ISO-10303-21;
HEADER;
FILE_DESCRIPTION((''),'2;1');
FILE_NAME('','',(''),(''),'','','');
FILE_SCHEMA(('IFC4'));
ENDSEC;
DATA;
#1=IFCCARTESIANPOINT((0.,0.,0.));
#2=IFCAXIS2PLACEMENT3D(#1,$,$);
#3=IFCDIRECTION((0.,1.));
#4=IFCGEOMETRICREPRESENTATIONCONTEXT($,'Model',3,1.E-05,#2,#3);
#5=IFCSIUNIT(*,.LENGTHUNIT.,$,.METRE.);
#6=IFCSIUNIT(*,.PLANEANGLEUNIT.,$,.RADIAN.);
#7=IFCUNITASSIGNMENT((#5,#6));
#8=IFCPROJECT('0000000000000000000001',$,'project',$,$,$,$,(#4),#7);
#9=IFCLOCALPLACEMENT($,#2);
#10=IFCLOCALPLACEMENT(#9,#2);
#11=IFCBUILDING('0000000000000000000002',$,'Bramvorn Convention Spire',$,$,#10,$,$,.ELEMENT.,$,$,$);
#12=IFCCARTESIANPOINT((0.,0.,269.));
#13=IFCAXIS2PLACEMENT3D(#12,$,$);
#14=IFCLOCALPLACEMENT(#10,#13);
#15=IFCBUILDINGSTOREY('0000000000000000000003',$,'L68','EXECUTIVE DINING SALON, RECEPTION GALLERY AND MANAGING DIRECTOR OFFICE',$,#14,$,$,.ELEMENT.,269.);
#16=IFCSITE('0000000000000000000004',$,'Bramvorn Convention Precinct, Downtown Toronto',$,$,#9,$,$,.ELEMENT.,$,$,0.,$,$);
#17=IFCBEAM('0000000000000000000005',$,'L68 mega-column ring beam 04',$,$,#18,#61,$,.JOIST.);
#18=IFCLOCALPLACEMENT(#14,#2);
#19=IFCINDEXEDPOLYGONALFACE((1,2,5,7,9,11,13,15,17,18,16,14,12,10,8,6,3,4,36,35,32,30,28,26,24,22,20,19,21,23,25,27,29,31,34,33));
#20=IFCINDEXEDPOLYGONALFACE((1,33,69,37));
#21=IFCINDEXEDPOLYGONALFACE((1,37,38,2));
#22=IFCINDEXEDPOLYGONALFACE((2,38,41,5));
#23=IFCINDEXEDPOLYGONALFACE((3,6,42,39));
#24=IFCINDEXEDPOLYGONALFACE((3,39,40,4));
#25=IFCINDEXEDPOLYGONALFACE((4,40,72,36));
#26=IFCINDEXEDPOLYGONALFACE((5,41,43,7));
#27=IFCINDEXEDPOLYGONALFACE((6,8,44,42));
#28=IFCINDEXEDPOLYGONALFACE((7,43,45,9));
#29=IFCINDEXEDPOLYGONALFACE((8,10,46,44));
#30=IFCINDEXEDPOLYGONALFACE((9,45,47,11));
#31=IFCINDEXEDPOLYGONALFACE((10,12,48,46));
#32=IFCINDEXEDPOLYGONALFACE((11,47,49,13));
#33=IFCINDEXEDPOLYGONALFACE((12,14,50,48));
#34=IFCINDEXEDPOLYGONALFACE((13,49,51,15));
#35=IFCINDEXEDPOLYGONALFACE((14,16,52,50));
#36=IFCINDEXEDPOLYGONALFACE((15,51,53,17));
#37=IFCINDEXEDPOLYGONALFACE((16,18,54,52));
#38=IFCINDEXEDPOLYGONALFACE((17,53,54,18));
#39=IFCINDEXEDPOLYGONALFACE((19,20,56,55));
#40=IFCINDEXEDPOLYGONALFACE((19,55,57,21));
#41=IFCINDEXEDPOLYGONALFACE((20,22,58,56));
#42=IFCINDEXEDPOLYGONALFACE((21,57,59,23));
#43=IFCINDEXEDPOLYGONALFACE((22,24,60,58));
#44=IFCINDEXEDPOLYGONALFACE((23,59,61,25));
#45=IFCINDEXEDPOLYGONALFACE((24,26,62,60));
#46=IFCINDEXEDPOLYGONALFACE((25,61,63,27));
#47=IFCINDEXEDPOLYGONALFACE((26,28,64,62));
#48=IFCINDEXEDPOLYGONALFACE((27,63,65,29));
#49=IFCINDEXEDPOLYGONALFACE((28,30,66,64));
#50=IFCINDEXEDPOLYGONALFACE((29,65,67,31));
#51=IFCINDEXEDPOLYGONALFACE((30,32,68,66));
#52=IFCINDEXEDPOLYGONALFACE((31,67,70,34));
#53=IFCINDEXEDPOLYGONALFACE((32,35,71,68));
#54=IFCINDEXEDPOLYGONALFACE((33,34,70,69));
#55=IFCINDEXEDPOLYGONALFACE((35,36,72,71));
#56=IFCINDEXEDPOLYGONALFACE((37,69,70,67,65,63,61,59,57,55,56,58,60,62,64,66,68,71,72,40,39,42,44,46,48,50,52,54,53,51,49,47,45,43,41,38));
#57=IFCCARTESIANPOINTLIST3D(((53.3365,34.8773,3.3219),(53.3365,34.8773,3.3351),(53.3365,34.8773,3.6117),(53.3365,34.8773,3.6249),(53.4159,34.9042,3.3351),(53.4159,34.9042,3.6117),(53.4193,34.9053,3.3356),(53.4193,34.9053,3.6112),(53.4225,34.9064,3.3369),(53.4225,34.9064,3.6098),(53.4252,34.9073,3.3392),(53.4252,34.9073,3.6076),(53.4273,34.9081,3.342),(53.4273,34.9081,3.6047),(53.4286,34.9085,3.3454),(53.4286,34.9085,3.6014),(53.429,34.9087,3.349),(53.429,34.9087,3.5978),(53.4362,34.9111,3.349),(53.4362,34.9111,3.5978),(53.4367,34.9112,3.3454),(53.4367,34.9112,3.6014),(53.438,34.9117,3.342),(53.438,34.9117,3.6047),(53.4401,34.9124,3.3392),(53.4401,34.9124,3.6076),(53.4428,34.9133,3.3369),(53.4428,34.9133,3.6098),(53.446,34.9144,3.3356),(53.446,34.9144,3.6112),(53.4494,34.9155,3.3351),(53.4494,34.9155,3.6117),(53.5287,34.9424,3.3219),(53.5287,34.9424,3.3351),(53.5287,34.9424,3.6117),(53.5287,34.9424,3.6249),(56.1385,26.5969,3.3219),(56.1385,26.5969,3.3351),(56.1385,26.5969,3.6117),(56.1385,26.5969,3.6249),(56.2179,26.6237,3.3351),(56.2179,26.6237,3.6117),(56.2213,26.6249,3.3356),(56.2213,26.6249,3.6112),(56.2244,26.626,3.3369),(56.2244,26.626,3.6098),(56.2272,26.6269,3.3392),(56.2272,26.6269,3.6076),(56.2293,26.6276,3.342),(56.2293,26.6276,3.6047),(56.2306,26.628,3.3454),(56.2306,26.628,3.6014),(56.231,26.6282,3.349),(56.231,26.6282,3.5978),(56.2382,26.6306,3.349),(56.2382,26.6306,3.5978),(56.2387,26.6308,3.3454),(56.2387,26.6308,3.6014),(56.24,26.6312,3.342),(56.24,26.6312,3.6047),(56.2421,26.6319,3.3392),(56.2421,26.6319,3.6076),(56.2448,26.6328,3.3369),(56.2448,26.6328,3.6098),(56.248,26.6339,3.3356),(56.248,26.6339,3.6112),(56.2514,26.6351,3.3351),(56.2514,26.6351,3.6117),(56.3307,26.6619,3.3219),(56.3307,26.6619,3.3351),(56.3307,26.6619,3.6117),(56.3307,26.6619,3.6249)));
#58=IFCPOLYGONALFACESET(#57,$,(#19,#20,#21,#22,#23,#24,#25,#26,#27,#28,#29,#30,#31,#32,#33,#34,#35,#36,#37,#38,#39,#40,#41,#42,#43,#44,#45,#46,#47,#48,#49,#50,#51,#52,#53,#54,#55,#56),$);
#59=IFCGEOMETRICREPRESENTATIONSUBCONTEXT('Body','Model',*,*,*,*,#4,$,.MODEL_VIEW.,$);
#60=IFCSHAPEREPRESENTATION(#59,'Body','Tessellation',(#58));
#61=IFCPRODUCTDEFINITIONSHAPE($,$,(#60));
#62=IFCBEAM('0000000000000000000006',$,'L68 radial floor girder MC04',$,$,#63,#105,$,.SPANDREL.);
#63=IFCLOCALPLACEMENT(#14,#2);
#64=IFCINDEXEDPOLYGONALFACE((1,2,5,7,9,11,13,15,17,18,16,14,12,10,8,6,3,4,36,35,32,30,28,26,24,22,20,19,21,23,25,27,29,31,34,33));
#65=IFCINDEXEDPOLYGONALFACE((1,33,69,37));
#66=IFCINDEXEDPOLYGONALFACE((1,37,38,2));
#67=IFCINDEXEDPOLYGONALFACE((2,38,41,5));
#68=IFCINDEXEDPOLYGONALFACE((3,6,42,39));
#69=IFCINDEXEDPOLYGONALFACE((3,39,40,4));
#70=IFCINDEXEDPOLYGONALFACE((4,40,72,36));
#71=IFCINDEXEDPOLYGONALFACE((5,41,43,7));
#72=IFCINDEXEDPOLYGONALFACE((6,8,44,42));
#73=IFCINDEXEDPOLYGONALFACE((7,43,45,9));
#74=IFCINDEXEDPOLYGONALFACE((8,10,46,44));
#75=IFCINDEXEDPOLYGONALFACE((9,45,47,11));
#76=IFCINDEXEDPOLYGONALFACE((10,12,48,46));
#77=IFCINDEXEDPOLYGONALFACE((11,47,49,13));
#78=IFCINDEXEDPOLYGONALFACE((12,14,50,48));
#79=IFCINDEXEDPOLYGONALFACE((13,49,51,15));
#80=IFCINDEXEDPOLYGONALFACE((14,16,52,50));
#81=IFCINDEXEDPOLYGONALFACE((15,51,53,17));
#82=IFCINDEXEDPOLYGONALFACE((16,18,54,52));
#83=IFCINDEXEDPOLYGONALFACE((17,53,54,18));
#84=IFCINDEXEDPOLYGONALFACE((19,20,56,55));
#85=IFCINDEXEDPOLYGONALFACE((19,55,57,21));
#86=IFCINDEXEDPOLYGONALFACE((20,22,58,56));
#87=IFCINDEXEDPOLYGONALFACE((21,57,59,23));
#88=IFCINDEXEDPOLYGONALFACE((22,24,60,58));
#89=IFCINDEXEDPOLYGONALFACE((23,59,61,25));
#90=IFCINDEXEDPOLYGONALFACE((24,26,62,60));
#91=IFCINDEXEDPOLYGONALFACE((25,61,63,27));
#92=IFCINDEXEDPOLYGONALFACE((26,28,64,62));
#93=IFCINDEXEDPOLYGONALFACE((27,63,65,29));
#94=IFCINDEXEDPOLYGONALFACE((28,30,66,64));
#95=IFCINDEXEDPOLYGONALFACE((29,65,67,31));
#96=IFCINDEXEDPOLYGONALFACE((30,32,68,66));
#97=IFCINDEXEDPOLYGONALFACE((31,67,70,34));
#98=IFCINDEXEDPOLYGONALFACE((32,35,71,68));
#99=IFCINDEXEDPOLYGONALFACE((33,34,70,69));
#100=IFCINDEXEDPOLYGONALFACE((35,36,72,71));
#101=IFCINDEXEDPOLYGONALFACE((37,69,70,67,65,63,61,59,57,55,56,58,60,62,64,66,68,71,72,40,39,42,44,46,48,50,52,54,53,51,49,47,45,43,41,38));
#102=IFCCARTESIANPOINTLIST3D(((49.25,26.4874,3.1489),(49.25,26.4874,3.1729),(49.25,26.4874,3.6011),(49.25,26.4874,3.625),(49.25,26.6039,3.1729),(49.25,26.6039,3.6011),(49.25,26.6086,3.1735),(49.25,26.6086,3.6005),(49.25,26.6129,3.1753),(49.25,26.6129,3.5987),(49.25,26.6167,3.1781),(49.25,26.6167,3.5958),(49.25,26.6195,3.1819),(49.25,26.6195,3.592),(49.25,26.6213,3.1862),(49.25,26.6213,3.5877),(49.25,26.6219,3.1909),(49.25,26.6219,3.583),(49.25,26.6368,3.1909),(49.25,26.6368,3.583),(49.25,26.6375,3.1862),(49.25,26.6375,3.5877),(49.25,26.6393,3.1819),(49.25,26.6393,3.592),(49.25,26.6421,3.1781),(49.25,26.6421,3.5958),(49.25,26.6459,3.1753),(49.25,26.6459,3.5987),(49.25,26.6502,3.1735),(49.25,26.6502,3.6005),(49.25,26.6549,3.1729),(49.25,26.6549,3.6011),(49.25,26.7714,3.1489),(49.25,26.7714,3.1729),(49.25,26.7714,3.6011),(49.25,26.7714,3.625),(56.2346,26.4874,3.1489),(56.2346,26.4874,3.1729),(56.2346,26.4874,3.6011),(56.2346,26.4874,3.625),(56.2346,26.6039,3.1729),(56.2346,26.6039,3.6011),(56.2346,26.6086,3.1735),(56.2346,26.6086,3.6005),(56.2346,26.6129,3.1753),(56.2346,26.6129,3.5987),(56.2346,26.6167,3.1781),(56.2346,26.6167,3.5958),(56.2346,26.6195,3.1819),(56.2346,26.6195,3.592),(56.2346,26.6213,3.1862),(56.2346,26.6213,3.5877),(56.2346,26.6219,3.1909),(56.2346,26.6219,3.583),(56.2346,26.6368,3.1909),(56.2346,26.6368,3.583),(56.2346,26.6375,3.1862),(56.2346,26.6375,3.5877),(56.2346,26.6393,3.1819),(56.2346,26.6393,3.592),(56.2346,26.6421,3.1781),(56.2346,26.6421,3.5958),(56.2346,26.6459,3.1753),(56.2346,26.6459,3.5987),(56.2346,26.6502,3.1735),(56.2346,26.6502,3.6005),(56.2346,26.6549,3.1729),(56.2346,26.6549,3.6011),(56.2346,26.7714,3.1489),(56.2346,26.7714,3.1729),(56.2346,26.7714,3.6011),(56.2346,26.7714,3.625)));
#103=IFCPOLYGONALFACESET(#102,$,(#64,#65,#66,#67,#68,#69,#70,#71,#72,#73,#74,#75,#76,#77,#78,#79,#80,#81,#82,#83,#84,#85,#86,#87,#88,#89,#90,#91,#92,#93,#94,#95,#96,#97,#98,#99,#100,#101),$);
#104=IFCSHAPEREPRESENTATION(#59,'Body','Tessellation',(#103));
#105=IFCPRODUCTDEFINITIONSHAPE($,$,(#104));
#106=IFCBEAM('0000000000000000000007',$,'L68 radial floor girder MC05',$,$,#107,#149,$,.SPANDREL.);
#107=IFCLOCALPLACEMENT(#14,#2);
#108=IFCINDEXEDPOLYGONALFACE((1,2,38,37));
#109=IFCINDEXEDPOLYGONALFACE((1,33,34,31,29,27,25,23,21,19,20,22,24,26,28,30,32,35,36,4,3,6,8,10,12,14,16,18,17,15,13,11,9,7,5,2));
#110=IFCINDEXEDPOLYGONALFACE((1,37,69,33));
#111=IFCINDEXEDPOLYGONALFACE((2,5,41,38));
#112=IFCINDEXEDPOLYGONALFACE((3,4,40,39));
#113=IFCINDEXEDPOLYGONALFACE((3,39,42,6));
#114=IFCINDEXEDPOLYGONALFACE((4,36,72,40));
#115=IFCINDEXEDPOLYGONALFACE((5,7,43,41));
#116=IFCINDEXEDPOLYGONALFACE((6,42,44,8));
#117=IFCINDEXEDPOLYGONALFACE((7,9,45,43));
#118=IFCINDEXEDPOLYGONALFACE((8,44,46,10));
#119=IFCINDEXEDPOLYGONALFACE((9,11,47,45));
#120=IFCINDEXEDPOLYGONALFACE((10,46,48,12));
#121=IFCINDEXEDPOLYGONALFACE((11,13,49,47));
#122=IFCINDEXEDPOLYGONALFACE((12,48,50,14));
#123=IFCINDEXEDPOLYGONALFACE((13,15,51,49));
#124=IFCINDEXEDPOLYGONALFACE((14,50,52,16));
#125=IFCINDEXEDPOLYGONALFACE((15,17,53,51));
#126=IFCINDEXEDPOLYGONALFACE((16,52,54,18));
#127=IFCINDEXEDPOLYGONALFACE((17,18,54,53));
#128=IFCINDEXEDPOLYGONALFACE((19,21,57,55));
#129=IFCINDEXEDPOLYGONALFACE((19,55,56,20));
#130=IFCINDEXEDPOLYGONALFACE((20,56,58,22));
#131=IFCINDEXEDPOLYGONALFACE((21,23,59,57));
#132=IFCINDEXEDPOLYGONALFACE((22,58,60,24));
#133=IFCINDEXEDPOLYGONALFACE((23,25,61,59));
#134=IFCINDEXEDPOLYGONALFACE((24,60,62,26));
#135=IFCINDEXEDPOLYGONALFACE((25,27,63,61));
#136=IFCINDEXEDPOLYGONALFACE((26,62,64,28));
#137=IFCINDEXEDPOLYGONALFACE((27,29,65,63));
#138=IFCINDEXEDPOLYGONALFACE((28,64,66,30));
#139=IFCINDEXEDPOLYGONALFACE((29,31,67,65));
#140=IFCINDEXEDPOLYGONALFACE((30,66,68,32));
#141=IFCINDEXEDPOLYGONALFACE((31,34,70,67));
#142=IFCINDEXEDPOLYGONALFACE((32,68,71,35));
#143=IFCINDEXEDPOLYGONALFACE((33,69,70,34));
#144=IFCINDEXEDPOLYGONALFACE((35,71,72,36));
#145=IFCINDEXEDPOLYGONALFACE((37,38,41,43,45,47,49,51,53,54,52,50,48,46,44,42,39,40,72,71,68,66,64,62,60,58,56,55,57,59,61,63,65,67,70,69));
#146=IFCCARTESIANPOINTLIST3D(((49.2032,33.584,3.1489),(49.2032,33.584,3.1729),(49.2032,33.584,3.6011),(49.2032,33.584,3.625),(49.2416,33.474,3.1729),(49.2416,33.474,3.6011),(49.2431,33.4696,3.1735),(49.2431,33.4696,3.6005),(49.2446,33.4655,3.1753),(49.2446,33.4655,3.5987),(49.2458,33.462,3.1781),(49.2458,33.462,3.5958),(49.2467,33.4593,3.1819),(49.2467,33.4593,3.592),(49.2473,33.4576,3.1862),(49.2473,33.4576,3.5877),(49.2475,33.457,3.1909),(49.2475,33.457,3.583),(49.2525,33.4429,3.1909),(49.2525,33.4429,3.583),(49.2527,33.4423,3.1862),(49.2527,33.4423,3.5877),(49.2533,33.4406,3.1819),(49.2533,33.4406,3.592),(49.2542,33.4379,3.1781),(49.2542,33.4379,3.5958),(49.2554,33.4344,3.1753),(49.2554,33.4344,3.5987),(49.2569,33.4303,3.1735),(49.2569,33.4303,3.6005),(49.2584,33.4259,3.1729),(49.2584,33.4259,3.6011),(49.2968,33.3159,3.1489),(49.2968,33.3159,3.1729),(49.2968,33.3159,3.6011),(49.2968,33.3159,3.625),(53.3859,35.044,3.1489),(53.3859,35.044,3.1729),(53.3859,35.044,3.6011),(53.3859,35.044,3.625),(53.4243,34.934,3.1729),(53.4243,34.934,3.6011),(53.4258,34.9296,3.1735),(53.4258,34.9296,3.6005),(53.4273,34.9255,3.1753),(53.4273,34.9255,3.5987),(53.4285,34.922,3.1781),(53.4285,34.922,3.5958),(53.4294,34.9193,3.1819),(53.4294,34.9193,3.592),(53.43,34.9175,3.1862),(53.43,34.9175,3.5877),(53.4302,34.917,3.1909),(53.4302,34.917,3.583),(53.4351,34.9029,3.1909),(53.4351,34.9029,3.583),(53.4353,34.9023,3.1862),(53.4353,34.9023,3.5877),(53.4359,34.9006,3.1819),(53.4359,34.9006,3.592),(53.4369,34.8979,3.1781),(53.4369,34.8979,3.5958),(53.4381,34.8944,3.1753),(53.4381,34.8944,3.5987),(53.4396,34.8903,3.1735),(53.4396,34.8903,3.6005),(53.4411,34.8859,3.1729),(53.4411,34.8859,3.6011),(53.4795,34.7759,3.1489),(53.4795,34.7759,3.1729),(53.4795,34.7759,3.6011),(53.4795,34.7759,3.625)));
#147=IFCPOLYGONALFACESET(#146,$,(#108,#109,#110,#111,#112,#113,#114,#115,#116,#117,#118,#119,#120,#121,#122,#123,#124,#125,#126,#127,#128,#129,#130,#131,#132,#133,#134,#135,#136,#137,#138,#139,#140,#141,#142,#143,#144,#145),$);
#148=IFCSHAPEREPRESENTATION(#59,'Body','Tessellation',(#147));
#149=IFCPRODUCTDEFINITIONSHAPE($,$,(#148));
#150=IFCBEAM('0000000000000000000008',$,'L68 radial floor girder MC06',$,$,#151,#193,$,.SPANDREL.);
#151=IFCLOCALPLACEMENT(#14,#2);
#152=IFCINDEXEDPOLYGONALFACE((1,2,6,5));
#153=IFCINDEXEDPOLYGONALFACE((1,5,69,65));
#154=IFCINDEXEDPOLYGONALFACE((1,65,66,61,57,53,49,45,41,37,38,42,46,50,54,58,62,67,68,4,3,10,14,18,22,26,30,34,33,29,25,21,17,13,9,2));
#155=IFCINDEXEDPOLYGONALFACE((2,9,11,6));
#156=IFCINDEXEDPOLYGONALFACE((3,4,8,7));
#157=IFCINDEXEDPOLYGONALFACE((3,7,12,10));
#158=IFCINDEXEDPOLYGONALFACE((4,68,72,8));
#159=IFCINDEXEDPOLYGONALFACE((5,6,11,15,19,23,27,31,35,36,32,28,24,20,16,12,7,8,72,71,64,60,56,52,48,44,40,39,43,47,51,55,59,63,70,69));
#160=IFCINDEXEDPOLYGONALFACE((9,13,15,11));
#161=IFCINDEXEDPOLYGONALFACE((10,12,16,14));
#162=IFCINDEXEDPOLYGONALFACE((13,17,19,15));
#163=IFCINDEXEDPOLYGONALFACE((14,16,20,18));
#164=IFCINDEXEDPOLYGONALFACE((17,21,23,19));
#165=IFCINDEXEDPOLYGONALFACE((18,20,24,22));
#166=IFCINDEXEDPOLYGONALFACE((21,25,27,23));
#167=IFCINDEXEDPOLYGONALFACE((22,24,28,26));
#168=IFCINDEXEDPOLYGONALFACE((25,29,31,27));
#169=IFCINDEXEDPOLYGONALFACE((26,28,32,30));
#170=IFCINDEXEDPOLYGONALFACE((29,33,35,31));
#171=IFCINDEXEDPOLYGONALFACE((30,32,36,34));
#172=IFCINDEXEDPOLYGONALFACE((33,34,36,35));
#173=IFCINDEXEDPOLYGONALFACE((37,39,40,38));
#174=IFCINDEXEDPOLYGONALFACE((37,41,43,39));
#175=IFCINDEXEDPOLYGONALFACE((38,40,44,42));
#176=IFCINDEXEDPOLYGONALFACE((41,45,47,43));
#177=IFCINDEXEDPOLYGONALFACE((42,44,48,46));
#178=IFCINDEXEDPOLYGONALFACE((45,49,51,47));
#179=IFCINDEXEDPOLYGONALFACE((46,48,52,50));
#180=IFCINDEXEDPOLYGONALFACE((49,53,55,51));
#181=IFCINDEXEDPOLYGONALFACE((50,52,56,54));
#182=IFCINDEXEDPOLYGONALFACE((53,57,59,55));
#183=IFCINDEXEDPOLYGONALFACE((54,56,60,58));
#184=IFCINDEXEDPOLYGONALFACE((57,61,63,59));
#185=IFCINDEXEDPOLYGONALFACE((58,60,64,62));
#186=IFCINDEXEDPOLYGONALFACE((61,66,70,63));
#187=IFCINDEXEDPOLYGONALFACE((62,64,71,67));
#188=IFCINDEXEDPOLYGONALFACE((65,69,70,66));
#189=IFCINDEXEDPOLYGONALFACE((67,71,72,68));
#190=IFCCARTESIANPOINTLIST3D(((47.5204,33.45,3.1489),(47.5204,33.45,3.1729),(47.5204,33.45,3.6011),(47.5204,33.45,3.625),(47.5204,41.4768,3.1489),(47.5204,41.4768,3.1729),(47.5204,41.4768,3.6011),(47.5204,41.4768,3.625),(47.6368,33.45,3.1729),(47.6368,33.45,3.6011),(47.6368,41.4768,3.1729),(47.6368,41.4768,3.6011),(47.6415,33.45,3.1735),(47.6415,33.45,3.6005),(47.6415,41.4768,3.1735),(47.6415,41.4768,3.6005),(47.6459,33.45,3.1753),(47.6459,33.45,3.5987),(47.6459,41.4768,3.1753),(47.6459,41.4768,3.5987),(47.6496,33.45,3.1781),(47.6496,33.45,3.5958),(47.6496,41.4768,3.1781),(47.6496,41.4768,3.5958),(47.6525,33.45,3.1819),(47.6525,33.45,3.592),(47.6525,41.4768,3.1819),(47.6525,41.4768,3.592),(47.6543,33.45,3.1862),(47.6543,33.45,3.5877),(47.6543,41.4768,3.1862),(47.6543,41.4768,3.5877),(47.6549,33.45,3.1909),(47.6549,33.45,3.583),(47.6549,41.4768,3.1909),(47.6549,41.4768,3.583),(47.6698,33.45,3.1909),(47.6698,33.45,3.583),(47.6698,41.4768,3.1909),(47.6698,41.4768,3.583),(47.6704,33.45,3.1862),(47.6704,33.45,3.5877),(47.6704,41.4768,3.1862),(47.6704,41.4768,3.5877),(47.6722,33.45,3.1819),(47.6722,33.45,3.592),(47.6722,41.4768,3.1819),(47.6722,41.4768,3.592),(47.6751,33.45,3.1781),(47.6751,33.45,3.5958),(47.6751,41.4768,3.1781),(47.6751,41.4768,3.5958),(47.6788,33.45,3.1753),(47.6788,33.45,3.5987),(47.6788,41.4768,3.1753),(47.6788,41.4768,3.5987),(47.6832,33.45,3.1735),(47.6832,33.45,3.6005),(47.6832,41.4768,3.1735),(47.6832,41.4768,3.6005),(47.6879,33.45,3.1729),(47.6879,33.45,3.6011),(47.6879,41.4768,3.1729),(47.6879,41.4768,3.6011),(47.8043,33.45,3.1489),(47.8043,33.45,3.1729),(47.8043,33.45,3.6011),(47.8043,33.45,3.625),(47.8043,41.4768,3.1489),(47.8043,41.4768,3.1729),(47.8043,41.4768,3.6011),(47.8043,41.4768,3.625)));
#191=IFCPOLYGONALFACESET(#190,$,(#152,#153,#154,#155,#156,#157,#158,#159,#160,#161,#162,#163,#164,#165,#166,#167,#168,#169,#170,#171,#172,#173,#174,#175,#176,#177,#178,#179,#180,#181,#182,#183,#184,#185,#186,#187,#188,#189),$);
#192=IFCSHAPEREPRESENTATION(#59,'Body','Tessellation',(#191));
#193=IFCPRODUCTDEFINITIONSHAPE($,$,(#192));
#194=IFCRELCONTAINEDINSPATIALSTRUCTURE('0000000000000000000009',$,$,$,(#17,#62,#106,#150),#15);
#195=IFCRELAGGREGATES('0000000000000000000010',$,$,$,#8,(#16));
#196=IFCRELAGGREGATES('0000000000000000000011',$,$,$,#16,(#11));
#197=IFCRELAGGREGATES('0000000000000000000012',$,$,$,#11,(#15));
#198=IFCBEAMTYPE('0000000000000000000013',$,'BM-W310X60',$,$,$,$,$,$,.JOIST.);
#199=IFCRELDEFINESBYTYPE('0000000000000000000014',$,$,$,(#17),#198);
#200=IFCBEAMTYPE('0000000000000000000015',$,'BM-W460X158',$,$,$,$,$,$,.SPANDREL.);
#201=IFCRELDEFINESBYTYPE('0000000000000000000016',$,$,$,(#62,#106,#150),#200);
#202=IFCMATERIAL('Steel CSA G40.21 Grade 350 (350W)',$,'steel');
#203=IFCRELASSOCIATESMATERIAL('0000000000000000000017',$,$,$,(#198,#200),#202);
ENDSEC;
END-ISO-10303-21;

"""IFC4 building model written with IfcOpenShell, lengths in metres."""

from ifc_helpers import new_model, si_unit, direction, frame, origin, origin_2d, place, context, subcontext, project, spatial, i_section, extrude, material, material_profile, profile_set, type_object, element, save


model = new_model("IFC4")

# Units and contexts
model_context = context("Model", 3, precision=1e-05, world=origin(), true_north=direction((0.0, 1.0)))
body_context = subcontext(model_context, "Body", "Model", "MODEL_VIEW")
ifc_project = project(units=[si_unit("LENGTHUNIT", "METRE"), si_unit("PLANEANGLEUNIT", "RADIAN")], contexts=[model_context])

# Site, building, storey
site_placement = place(None, origin())
site = spatial("IfcSite", under=ifc_project, at=site_placement, Name="Bramvorn Convention Precinct, Downtown Toronto", CompositionType="ELEMENT", RefElevation=0.0)
building_placement = place(site_placement, origin())
building = spatial("IfcBuilding", under=site, at=building_placement, Name="Bramvorn Convention Spire", CompositionType="ELEMENT")
storey_placement = place(building_placement, frame((0.0, 0.0, 269.0)))
storey = spatial("IfcBuildingStorey", under=building, at=storey_placement, Name="L68", Description="EXECUTIVE DINING SALON, RECEPTION GALLERY AND MANAGING DIRECTOR OFFICE", CompositionType="ELEMENT", Elevation=269.0)

# Shared definitions
ifc_material_1 = material(Name="Steel CSA G40.21 Grade 350 (350W)", Category="steel")

# Beams
ifc_material_profile_1 = material_profile(ifc_material_1, i_section(OverallWidth=0.2029, OverallDepth=0.303, WebThickness=0.0076, FlangeThickness=0.0132, FilletRadius=0.0139, at=origin_2d()))
ifc_profile_set_1 = profile_set([ifc_material_profile_1], Name="Steel CSA G40.21 Grade 350 (350W) - W310X60")
beam_type_1 = type_object("IfcBeamType", Name="BM-W310X60", PredefinedType="JOIST", material=ifc_profile_set_1)
beam_1_placement = place(storey_placement, frame((56.2346, 26.6294, 3.4734), z_axis=(-0.320531, 0.947238, 0.0), x_axis=(-0.947238, -0.320531, 0.0)))
element("IfcBeam", 1, at=beam_1_placement, inside=storey, type_object=beam_type_1, Name="L68 mega-column ring beam 04", PredefinedType="JOIST", context=body_context, shape_type="SweptSolid", body=[
    extrude(i_section(OverallWidth=0.2029, OverallDepth=0.303, WebThickness=0.0076, FlangeThickness=0.0132, FilletRadius=0.0139, at=origin_2d()), origin(), (0.0, 0.0, 1.0), 8.7417),
])
ifc_material_profile_2 = material_profile(ifc_material_1, i_section(OverallWidth=0.2839, OverallDepth=0.4761, WebThickness=0.0149, FlangeThickness=0.0239, FilletRadius=0.0181, at=origin_2d()))
ifc_profile_set_2 = profile_set([ifc_material_profile_2], Name="Steel CSA G40.21 Grade 350 (350W) - W460X158")
beam_type_2 = type_object("IfcBeamType", Name="BM-W460X158", PredefinedType="SPANDREL", material=ifc_profile_set_2)
beam_2_placement = place(storey_placement, frame((49.25, 26.6294, 3.387), z_axis=(1.0, 0.0, 0.0), x_axis=(0.0, 1.0, 0.0)))
element("IfcBeam", 2, at=beam_2_placement, inside=storey, type_object=beam_type_2, Name="L68 radial floor girder MC04", PredefinedType="SPANDREL", context=body_context, shape_type="SweptSolid", body=[
    extrude(i_section(OverallWidth=0.2839, OverallDepth=0.4761, WebThickness=0.0149, FlangeThickness=0.0239, FilletRadius=0.0181, at=origin_2d()), origin(), (0.0, 0.0, 1.0), 6.9846),
])
beam_3_placement = place(storey_placement, frame((49.25, 33.45, 3.387), z_axis=(0.944136, 0.329555, 0.0), x_axis=(-0.329555, 0.944136, 0.0)))
element("IfcBeam", 3, at=beam_3_placement, inside=storey, type_object=beam_type_2, Name="L68 radial floor girder MC05", PredefinedType="SPANDREL", context=body_context, shape_type="SweptSolid", body=[
    extrude(i_section(OverallWidth=0.2839, OverallDepth=0.4761, WebThickness=0.0149, FlangeThickness=0.0239, FilletRadius=0.0181, at=origin_2d()), origin(), (0.0, 0.0, 1.0), 4.4302),
])
beam_4_placement = place(storey_placement, frame((47.6624, 33.45, 3.387), z_axis=(0.0, 1.0, 0.0), x_axis=(-1.0, 0.0, 0.0)))
element("IfcBeam", 4, at=beam_4_placement, inside=storey, type_object=beam_type_2, Name="L68 radial floor girder MC06", PredefinedType="SPANDREL", context=body_context, shape_type="SweptSolid", body=[
    extrude(i_section(OverallWidth=0.2839, OverallDepth=0.4761, WebThickness=0.0149, FlangeThickness=0.0239, FilletRadius=0.0181, at=origin_2d()), origin(), (0.0, 0.0, 1.0), 8.0269),
])

save(model, "model.ifc")
